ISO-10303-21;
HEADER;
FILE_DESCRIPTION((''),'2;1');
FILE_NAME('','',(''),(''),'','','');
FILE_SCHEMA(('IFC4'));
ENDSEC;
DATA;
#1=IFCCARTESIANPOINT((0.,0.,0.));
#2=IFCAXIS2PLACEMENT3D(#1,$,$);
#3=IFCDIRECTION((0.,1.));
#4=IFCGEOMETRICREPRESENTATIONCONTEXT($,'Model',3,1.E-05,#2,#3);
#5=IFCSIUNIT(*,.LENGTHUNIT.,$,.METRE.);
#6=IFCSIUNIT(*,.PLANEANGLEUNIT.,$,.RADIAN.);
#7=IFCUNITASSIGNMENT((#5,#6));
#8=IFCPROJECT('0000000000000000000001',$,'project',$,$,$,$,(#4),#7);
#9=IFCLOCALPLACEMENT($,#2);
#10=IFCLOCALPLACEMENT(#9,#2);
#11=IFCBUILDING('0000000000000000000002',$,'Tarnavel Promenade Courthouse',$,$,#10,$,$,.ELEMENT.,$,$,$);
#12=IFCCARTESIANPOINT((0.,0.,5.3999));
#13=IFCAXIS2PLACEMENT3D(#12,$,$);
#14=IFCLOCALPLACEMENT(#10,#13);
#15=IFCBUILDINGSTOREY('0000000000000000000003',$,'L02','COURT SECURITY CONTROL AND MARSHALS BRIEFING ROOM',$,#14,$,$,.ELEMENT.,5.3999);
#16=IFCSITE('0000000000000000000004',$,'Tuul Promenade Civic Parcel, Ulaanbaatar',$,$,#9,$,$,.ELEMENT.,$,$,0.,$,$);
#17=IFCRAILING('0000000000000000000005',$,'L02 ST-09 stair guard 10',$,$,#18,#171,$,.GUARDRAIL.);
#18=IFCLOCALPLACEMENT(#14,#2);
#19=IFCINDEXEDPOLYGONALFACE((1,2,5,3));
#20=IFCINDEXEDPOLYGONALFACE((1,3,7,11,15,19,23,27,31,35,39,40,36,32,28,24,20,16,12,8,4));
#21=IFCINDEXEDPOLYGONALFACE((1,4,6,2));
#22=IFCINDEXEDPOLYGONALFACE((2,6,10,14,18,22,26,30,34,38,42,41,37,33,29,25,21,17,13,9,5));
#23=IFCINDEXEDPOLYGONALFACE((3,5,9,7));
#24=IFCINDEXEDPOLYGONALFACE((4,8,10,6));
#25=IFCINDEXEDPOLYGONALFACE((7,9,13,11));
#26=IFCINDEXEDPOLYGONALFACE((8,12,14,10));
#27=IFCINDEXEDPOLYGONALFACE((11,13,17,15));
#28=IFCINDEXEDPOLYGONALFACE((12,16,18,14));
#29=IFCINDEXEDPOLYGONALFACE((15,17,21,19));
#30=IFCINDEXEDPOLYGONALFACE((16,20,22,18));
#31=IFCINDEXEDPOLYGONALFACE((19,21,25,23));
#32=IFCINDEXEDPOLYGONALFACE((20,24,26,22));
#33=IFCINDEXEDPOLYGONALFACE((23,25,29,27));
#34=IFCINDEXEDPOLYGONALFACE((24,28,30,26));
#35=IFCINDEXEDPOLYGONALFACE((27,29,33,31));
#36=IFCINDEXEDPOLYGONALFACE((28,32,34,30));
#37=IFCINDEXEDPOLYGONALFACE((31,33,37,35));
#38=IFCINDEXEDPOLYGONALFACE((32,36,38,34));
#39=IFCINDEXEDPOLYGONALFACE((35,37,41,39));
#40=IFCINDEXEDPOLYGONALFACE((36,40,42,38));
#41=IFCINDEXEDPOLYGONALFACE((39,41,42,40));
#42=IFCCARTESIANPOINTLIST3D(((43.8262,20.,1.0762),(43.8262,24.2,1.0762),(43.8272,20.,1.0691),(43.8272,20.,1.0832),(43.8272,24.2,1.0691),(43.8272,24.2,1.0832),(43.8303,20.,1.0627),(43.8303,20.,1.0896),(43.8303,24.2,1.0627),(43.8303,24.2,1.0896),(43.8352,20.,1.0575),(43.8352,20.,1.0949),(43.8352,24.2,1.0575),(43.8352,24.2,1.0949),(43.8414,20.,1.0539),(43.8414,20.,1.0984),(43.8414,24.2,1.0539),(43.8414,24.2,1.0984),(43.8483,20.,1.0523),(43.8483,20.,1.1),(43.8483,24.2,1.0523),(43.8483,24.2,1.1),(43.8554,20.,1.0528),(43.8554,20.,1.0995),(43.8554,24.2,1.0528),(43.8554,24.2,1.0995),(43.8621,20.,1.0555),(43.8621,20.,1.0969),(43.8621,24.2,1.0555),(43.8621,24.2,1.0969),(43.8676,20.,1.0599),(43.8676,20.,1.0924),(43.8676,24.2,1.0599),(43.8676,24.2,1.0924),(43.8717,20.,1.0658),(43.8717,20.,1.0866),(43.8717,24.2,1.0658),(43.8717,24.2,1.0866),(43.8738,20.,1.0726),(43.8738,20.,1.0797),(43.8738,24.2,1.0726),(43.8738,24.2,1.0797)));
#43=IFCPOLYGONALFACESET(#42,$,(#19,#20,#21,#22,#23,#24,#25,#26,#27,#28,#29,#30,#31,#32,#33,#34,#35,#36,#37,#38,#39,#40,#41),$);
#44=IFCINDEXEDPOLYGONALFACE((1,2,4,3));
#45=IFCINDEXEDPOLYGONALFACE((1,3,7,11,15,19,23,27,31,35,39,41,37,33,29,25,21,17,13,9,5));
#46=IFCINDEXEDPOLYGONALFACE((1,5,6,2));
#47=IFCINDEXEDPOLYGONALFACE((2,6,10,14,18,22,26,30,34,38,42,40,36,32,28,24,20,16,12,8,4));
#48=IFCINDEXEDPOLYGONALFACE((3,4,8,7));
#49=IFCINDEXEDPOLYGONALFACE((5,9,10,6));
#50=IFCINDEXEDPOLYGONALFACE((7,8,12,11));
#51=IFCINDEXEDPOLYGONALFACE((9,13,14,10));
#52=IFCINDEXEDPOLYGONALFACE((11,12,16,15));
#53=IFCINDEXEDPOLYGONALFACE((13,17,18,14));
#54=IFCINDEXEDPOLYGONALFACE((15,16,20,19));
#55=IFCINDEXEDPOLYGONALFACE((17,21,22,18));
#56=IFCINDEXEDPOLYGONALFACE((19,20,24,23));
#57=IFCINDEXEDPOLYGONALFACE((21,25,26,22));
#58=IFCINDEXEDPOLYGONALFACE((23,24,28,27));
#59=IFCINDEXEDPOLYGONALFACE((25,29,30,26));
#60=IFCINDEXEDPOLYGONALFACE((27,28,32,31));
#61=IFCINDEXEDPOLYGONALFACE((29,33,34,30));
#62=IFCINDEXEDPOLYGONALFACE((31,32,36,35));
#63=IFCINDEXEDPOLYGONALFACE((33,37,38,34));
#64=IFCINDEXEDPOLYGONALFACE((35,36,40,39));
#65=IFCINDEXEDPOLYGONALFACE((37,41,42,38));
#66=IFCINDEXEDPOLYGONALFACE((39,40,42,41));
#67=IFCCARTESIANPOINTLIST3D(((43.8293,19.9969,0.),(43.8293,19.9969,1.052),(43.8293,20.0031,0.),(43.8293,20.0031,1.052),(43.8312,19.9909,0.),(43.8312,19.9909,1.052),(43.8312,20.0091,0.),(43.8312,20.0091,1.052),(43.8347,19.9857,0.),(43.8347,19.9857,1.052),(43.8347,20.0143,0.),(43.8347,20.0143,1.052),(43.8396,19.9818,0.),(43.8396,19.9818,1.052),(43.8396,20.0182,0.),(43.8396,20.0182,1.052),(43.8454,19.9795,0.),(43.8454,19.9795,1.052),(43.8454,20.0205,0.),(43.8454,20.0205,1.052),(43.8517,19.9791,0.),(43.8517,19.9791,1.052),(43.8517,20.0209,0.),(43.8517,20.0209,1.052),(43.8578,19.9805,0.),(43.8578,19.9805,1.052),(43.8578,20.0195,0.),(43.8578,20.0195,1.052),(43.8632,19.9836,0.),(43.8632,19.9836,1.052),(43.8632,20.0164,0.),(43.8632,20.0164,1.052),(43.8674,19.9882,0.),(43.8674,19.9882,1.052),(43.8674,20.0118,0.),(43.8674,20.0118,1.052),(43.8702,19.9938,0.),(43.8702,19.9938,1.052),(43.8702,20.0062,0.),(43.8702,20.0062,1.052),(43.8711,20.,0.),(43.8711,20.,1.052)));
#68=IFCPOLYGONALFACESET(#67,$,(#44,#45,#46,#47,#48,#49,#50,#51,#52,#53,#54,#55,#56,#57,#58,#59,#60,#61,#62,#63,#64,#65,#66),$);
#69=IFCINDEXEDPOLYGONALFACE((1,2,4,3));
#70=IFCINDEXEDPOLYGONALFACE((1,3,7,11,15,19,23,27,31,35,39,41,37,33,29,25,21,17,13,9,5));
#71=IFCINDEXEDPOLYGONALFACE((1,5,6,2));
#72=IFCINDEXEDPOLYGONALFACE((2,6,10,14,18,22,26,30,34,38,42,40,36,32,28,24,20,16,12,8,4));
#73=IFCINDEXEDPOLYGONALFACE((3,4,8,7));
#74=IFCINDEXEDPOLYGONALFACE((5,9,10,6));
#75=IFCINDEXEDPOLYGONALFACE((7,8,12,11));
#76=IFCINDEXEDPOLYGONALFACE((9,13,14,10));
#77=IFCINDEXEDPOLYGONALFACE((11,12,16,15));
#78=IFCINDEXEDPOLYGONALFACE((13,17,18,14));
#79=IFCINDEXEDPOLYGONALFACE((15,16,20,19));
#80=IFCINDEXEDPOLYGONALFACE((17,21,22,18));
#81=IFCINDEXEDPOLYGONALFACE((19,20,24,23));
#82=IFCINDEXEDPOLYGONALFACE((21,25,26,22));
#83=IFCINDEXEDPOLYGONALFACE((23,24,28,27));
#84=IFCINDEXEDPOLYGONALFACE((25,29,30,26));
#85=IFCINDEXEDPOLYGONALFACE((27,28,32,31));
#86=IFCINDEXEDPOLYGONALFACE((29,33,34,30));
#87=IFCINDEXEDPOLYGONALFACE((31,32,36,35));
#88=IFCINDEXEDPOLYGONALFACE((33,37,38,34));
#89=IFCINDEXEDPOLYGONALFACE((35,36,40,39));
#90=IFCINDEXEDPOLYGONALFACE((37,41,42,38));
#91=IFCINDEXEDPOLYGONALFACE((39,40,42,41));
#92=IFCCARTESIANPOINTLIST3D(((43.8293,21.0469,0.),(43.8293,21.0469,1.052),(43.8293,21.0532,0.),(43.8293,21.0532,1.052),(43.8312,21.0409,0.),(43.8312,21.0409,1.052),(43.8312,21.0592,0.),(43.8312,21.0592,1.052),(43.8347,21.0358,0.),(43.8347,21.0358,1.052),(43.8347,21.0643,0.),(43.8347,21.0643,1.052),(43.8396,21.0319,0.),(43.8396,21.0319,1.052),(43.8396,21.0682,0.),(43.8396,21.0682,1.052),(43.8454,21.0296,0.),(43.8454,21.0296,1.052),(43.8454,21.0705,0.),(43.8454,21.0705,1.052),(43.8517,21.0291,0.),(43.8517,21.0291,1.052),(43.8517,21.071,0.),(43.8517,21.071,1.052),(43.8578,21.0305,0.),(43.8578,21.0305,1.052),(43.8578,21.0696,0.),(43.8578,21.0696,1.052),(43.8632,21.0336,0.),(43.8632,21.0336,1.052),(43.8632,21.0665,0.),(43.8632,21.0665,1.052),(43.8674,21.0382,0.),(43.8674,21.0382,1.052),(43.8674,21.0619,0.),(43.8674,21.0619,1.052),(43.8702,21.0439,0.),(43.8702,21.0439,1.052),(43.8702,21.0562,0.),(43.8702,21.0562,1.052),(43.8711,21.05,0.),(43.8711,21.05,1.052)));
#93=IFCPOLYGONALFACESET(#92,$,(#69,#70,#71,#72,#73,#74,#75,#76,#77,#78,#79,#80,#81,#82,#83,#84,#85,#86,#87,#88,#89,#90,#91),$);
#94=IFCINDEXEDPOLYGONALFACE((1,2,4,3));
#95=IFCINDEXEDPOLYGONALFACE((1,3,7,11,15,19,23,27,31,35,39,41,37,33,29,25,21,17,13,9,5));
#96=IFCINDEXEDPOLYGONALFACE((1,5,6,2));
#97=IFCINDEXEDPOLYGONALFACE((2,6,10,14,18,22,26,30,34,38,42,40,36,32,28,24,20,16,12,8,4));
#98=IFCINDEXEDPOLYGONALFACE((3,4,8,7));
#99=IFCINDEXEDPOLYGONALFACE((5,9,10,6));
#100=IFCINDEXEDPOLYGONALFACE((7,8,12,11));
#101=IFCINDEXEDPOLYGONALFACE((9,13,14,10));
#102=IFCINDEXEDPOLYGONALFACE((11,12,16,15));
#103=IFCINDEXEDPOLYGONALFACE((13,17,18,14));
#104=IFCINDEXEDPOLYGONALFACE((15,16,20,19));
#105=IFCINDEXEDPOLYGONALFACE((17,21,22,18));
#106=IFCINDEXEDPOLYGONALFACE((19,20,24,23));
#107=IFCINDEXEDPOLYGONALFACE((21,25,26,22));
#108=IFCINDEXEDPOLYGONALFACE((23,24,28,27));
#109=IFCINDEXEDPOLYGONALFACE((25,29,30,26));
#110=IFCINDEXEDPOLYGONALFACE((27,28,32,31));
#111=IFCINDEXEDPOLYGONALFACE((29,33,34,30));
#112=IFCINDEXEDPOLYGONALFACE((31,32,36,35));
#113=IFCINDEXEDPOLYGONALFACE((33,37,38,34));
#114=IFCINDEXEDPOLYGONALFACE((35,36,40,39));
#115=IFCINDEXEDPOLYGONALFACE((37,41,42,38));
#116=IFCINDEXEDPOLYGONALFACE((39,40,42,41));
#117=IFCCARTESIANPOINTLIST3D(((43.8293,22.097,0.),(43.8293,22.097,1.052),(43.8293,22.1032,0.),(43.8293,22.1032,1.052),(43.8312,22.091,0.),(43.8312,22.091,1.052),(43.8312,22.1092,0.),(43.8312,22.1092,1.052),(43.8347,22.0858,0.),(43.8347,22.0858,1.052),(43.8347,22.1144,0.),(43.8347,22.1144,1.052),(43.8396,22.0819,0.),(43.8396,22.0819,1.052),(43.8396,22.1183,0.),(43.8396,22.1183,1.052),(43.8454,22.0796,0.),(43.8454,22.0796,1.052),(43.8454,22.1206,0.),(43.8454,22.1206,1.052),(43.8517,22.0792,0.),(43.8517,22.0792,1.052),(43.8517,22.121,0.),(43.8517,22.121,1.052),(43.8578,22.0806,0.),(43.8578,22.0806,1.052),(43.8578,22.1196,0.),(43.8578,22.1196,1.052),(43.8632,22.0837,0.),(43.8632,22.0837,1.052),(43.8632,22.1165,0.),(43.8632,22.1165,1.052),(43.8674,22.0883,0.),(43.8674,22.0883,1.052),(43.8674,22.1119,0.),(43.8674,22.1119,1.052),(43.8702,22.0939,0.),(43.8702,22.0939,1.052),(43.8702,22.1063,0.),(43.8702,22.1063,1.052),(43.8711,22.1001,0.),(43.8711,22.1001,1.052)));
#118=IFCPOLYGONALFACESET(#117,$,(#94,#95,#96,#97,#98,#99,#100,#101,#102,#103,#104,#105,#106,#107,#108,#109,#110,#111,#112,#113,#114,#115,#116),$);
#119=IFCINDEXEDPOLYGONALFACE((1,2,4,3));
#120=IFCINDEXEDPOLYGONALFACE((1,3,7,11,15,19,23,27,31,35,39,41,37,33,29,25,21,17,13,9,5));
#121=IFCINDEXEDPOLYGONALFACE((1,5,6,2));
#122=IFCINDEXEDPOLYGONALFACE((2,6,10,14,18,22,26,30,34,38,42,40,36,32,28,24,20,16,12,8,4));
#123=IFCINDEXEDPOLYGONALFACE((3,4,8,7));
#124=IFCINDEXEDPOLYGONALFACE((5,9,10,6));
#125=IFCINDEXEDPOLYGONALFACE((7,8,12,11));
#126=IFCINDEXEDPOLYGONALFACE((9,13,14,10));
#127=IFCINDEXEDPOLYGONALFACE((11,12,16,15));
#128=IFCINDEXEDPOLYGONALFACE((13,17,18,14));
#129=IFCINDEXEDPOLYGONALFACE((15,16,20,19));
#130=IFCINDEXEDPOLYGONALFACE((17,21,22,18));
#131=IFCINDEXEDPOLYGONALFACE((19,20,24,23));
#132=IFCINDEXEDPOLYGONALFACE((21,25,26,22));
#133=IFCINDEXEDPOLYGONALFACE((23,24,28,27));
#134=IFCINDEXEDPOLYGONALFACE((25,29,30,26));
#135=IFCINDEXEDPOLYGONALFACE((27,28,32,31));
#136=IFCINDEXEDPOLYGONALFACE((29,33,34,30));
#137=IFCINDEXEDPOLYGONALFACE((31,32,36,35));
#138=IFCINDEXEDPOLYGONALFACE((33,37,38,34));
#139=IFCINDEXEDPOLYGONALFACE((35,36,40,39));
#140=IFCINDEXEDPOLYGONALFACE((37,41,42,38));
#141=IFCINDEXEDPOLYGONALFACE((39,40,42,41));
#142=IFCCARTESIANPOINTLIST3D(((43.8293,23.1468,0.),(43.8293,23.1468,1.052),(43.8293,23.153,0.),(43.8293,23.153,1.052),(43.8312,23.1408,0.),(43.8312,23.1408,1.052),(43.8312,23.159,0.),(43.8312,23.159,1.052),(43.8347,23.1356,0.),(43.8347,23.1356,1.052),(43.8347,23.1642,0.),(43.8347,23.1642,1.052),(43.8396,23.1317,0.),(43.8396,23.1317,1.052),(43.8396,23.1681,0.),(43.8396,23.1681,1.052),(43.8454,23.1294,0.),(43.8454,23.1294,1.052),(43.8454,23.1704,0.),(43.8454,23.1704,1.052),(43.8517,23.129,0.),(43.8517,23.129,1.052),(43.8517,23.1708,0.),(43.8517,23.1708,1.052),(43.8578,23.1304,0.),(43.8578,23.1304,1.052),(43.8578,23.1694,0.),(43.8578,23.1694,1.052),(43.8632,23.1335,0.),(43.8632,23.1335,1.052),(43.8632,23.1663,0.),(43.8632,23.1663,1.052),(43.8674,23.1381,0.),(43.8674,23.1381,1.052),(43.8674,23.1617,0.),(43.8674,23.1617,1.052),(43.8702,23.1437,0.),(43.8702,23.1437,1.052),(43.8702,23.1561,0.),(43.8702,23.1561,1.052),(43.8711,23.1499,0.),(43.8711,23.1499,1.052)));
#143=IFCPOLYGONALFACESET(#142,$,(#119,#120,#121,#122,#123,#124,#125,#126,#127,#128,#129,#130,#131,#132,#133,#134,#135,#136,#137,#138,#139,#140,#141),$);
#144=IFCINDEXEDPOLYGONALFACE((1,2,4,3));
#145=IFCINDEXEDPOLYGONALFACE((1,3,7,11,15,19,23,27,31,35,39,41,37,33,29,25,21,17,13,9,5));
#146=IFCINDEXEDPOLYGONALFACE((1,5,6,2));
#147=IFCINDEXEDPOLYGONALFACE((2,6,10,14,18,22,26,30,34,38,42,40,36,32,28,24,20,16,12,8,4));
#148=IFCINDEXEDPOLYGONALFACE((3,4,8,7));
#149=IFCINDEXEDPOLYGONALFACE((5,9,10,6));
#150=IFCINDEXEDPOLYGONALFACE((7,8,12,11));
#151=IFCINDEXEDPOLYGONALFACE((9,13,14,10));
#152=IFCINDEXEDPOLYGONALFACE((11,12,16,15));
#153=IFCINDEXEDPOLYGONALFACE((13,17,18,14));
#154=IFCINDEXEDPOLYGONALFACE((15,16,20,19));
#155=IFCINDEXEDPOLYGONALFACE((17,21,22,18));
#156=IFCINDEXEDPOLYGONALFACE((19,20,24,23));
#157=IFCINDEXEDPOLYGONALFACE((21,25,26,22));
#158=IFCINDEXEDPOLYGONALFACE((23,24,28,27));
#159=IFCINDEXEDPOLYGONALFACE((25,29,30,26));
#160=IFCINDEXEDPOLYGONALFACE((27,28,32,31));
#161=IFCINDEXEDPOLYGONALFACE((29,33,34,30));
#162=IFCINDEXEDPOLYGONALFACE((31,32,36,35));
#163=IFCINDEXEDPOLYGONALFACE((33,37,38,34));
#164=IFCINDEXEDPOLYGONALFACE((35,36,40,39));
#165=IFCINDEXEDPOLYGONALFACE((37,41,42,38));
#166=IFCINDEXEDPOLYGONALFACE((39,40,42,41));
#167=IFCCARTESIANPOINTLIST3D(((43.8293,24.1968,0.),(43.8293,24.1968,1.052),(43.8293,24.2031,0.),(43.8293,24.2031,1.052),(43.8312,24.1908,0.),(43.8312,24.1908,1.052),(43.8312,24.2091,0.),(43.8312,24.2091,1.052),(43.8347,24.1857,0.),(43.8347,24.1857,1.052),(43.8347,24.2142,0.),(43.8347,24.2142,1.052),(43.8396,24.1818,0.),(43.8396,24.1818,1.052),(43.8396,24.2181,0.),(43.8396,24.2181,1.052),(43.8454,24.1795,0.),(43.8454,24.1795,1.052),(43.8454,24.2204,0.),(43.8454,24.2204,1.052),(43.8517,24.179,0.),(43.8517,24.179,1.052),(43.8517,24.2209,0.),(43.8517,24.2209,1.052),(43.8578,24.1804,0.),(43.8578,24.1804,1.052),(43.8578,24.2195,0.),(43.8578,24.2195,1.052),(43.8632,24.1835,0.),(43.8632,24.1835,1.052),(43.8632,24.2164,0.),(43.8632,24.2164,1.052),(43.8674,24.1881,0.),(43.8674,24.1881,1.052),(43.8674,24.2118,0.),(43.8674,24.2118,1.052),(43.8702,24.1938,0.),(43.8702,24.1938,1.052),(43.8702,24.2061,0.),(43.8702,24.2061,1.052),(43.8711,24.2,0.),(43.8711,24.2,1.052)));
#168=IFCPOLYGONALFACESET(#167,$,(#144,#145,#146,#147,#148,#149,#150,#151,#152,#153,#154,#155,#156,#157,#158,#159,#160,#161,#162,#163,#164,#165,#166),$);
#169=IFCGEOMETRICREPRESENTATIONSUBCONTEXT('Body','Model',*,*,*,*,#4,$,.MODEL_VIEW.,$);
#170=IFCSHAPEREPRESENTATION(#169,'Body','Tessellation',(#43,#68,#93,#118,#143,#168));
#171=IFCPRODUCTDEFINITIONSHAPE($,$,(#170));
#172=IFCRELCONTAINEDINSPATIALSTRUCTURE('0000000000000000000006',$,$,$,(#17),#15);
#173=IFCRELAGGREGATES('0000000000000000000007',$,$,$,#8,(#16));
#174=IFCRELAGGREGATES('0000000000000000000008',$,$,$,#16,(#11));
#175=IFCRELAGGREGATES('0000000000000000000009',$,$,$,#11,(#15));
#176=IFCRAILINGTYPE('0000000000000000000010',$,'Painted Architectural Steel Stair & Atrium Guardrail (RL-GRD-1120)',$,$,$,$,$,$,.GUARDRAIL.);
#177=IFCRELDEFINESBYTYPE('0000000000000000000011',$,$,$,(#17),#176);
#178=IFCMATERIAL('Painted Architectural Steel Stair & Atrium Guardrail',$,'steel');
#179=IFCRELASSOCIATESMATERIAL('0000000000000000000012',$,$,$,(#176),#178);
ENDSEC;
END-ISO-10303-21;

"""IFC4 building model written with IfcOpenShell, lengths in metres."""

from ifc_helpers import new_model, si_unit, direction, frame, origin, origin_2d, place, context, subcontext, project, spatial, circle, extrude, material, type_object, element, save


model = new_model("IFC4")

# Units and contexts
model_context = context("Model", 3, precision=1e-05, world=origin(), true_north=direction((0.0, 1.0)))
body_context = subcontext(model_context, "Body", "Model", "MODEL_VIEW")
ifc_project = project(units=[si_unit("LENGTHUNIT", "METRE"), si_unit("PLANEANGLEUNIT", "RADIAN")], contexts=[model_context])

# Site, building, storey
site_placement = place(None, origin())
site = spatial("IfcSite", under=ifc_project, at=site_placement, Name="Tuul Promenade Civic Parcel, Ulaanbaatar", CompositionType="ELEMENT", RefElevation=0.0)
building_placement = place(site_placement, origin())
building = spatial("IfcBuilding", under=site, at=building_placement, Name="Tarnavel Promenade Courthouse", CompositionType="ELEMENT")
storey_placement = place(building_placement, frame((0.0, 0.0, 5.3999)))
storey = spatial("IfcBuildingStorey", under=building, at=storey_placement, Name="L02", Description="COURT SECURITY CONTROL AND MARSHALS BRIEFING ROOM", CompositionType="ELEMENT", Elevation=5.3999)

# Railing
ifc_material_1 = material(Name="Painted Architectural Steel Stair & Atrium Guardrail", Category="steel")
railing_type_1 = type_object("IfcRailingType", Name="Painted Architectural Steel Stair & Atrium Guardrail (RL-GRD-1120)", PredefinedType="GUARDRAIL", material=ifc_material_1)
railing_1_placement = place(storey_placement, frame((43.8501, 20.0, 0.0)))
element("IfcRailing", 1, at=railing_1_placement, inside=storey, type_object=railing_type_1, Name="L02 ST-09 stair guard 10", PredefinedType="GUARDRAIL", context=body_context, shape_type="SweptSolid", body=[
    extrude(circle(Radius=0.0239, at=origin_2d()), frame((0.0, 0.0, 1.0762), z_axis=(0.0, 1.0, 0.0), x_axis=(-1.0, 0.0, 0.0)), (0.0, 0.0, 1.0), 4.2),
    extrude(circle(Radius=0.021, at=origin_2d()), origin(), (0.0, 0.0, 1.0), 1.052),
    extrude(circle(Radius=0.021, at=origin_2d()), frame((0.0, 1.05, 0.0)), (0.0, 0.0, 1.0), 1.052),
    extrude(circle(Radius=0.021, at=origin_2d()), frame((0.0, 2.1001, 0.0)), (0.0, 0.0, 1.0), 1.052),
    extrude(circle(Radius=0.021, at=origin_2d()), frame((0.0, 3.1499, 0.0)), (0.0, 0.0, 1.0), 1.052),
    extrude(circle(Radius=0.021, at=origin_2d()), frame((0.0, 4.2, 0.0)), (0.0, 0.0, 1.0), 1.052),
])

save(model, "model.ifc")
